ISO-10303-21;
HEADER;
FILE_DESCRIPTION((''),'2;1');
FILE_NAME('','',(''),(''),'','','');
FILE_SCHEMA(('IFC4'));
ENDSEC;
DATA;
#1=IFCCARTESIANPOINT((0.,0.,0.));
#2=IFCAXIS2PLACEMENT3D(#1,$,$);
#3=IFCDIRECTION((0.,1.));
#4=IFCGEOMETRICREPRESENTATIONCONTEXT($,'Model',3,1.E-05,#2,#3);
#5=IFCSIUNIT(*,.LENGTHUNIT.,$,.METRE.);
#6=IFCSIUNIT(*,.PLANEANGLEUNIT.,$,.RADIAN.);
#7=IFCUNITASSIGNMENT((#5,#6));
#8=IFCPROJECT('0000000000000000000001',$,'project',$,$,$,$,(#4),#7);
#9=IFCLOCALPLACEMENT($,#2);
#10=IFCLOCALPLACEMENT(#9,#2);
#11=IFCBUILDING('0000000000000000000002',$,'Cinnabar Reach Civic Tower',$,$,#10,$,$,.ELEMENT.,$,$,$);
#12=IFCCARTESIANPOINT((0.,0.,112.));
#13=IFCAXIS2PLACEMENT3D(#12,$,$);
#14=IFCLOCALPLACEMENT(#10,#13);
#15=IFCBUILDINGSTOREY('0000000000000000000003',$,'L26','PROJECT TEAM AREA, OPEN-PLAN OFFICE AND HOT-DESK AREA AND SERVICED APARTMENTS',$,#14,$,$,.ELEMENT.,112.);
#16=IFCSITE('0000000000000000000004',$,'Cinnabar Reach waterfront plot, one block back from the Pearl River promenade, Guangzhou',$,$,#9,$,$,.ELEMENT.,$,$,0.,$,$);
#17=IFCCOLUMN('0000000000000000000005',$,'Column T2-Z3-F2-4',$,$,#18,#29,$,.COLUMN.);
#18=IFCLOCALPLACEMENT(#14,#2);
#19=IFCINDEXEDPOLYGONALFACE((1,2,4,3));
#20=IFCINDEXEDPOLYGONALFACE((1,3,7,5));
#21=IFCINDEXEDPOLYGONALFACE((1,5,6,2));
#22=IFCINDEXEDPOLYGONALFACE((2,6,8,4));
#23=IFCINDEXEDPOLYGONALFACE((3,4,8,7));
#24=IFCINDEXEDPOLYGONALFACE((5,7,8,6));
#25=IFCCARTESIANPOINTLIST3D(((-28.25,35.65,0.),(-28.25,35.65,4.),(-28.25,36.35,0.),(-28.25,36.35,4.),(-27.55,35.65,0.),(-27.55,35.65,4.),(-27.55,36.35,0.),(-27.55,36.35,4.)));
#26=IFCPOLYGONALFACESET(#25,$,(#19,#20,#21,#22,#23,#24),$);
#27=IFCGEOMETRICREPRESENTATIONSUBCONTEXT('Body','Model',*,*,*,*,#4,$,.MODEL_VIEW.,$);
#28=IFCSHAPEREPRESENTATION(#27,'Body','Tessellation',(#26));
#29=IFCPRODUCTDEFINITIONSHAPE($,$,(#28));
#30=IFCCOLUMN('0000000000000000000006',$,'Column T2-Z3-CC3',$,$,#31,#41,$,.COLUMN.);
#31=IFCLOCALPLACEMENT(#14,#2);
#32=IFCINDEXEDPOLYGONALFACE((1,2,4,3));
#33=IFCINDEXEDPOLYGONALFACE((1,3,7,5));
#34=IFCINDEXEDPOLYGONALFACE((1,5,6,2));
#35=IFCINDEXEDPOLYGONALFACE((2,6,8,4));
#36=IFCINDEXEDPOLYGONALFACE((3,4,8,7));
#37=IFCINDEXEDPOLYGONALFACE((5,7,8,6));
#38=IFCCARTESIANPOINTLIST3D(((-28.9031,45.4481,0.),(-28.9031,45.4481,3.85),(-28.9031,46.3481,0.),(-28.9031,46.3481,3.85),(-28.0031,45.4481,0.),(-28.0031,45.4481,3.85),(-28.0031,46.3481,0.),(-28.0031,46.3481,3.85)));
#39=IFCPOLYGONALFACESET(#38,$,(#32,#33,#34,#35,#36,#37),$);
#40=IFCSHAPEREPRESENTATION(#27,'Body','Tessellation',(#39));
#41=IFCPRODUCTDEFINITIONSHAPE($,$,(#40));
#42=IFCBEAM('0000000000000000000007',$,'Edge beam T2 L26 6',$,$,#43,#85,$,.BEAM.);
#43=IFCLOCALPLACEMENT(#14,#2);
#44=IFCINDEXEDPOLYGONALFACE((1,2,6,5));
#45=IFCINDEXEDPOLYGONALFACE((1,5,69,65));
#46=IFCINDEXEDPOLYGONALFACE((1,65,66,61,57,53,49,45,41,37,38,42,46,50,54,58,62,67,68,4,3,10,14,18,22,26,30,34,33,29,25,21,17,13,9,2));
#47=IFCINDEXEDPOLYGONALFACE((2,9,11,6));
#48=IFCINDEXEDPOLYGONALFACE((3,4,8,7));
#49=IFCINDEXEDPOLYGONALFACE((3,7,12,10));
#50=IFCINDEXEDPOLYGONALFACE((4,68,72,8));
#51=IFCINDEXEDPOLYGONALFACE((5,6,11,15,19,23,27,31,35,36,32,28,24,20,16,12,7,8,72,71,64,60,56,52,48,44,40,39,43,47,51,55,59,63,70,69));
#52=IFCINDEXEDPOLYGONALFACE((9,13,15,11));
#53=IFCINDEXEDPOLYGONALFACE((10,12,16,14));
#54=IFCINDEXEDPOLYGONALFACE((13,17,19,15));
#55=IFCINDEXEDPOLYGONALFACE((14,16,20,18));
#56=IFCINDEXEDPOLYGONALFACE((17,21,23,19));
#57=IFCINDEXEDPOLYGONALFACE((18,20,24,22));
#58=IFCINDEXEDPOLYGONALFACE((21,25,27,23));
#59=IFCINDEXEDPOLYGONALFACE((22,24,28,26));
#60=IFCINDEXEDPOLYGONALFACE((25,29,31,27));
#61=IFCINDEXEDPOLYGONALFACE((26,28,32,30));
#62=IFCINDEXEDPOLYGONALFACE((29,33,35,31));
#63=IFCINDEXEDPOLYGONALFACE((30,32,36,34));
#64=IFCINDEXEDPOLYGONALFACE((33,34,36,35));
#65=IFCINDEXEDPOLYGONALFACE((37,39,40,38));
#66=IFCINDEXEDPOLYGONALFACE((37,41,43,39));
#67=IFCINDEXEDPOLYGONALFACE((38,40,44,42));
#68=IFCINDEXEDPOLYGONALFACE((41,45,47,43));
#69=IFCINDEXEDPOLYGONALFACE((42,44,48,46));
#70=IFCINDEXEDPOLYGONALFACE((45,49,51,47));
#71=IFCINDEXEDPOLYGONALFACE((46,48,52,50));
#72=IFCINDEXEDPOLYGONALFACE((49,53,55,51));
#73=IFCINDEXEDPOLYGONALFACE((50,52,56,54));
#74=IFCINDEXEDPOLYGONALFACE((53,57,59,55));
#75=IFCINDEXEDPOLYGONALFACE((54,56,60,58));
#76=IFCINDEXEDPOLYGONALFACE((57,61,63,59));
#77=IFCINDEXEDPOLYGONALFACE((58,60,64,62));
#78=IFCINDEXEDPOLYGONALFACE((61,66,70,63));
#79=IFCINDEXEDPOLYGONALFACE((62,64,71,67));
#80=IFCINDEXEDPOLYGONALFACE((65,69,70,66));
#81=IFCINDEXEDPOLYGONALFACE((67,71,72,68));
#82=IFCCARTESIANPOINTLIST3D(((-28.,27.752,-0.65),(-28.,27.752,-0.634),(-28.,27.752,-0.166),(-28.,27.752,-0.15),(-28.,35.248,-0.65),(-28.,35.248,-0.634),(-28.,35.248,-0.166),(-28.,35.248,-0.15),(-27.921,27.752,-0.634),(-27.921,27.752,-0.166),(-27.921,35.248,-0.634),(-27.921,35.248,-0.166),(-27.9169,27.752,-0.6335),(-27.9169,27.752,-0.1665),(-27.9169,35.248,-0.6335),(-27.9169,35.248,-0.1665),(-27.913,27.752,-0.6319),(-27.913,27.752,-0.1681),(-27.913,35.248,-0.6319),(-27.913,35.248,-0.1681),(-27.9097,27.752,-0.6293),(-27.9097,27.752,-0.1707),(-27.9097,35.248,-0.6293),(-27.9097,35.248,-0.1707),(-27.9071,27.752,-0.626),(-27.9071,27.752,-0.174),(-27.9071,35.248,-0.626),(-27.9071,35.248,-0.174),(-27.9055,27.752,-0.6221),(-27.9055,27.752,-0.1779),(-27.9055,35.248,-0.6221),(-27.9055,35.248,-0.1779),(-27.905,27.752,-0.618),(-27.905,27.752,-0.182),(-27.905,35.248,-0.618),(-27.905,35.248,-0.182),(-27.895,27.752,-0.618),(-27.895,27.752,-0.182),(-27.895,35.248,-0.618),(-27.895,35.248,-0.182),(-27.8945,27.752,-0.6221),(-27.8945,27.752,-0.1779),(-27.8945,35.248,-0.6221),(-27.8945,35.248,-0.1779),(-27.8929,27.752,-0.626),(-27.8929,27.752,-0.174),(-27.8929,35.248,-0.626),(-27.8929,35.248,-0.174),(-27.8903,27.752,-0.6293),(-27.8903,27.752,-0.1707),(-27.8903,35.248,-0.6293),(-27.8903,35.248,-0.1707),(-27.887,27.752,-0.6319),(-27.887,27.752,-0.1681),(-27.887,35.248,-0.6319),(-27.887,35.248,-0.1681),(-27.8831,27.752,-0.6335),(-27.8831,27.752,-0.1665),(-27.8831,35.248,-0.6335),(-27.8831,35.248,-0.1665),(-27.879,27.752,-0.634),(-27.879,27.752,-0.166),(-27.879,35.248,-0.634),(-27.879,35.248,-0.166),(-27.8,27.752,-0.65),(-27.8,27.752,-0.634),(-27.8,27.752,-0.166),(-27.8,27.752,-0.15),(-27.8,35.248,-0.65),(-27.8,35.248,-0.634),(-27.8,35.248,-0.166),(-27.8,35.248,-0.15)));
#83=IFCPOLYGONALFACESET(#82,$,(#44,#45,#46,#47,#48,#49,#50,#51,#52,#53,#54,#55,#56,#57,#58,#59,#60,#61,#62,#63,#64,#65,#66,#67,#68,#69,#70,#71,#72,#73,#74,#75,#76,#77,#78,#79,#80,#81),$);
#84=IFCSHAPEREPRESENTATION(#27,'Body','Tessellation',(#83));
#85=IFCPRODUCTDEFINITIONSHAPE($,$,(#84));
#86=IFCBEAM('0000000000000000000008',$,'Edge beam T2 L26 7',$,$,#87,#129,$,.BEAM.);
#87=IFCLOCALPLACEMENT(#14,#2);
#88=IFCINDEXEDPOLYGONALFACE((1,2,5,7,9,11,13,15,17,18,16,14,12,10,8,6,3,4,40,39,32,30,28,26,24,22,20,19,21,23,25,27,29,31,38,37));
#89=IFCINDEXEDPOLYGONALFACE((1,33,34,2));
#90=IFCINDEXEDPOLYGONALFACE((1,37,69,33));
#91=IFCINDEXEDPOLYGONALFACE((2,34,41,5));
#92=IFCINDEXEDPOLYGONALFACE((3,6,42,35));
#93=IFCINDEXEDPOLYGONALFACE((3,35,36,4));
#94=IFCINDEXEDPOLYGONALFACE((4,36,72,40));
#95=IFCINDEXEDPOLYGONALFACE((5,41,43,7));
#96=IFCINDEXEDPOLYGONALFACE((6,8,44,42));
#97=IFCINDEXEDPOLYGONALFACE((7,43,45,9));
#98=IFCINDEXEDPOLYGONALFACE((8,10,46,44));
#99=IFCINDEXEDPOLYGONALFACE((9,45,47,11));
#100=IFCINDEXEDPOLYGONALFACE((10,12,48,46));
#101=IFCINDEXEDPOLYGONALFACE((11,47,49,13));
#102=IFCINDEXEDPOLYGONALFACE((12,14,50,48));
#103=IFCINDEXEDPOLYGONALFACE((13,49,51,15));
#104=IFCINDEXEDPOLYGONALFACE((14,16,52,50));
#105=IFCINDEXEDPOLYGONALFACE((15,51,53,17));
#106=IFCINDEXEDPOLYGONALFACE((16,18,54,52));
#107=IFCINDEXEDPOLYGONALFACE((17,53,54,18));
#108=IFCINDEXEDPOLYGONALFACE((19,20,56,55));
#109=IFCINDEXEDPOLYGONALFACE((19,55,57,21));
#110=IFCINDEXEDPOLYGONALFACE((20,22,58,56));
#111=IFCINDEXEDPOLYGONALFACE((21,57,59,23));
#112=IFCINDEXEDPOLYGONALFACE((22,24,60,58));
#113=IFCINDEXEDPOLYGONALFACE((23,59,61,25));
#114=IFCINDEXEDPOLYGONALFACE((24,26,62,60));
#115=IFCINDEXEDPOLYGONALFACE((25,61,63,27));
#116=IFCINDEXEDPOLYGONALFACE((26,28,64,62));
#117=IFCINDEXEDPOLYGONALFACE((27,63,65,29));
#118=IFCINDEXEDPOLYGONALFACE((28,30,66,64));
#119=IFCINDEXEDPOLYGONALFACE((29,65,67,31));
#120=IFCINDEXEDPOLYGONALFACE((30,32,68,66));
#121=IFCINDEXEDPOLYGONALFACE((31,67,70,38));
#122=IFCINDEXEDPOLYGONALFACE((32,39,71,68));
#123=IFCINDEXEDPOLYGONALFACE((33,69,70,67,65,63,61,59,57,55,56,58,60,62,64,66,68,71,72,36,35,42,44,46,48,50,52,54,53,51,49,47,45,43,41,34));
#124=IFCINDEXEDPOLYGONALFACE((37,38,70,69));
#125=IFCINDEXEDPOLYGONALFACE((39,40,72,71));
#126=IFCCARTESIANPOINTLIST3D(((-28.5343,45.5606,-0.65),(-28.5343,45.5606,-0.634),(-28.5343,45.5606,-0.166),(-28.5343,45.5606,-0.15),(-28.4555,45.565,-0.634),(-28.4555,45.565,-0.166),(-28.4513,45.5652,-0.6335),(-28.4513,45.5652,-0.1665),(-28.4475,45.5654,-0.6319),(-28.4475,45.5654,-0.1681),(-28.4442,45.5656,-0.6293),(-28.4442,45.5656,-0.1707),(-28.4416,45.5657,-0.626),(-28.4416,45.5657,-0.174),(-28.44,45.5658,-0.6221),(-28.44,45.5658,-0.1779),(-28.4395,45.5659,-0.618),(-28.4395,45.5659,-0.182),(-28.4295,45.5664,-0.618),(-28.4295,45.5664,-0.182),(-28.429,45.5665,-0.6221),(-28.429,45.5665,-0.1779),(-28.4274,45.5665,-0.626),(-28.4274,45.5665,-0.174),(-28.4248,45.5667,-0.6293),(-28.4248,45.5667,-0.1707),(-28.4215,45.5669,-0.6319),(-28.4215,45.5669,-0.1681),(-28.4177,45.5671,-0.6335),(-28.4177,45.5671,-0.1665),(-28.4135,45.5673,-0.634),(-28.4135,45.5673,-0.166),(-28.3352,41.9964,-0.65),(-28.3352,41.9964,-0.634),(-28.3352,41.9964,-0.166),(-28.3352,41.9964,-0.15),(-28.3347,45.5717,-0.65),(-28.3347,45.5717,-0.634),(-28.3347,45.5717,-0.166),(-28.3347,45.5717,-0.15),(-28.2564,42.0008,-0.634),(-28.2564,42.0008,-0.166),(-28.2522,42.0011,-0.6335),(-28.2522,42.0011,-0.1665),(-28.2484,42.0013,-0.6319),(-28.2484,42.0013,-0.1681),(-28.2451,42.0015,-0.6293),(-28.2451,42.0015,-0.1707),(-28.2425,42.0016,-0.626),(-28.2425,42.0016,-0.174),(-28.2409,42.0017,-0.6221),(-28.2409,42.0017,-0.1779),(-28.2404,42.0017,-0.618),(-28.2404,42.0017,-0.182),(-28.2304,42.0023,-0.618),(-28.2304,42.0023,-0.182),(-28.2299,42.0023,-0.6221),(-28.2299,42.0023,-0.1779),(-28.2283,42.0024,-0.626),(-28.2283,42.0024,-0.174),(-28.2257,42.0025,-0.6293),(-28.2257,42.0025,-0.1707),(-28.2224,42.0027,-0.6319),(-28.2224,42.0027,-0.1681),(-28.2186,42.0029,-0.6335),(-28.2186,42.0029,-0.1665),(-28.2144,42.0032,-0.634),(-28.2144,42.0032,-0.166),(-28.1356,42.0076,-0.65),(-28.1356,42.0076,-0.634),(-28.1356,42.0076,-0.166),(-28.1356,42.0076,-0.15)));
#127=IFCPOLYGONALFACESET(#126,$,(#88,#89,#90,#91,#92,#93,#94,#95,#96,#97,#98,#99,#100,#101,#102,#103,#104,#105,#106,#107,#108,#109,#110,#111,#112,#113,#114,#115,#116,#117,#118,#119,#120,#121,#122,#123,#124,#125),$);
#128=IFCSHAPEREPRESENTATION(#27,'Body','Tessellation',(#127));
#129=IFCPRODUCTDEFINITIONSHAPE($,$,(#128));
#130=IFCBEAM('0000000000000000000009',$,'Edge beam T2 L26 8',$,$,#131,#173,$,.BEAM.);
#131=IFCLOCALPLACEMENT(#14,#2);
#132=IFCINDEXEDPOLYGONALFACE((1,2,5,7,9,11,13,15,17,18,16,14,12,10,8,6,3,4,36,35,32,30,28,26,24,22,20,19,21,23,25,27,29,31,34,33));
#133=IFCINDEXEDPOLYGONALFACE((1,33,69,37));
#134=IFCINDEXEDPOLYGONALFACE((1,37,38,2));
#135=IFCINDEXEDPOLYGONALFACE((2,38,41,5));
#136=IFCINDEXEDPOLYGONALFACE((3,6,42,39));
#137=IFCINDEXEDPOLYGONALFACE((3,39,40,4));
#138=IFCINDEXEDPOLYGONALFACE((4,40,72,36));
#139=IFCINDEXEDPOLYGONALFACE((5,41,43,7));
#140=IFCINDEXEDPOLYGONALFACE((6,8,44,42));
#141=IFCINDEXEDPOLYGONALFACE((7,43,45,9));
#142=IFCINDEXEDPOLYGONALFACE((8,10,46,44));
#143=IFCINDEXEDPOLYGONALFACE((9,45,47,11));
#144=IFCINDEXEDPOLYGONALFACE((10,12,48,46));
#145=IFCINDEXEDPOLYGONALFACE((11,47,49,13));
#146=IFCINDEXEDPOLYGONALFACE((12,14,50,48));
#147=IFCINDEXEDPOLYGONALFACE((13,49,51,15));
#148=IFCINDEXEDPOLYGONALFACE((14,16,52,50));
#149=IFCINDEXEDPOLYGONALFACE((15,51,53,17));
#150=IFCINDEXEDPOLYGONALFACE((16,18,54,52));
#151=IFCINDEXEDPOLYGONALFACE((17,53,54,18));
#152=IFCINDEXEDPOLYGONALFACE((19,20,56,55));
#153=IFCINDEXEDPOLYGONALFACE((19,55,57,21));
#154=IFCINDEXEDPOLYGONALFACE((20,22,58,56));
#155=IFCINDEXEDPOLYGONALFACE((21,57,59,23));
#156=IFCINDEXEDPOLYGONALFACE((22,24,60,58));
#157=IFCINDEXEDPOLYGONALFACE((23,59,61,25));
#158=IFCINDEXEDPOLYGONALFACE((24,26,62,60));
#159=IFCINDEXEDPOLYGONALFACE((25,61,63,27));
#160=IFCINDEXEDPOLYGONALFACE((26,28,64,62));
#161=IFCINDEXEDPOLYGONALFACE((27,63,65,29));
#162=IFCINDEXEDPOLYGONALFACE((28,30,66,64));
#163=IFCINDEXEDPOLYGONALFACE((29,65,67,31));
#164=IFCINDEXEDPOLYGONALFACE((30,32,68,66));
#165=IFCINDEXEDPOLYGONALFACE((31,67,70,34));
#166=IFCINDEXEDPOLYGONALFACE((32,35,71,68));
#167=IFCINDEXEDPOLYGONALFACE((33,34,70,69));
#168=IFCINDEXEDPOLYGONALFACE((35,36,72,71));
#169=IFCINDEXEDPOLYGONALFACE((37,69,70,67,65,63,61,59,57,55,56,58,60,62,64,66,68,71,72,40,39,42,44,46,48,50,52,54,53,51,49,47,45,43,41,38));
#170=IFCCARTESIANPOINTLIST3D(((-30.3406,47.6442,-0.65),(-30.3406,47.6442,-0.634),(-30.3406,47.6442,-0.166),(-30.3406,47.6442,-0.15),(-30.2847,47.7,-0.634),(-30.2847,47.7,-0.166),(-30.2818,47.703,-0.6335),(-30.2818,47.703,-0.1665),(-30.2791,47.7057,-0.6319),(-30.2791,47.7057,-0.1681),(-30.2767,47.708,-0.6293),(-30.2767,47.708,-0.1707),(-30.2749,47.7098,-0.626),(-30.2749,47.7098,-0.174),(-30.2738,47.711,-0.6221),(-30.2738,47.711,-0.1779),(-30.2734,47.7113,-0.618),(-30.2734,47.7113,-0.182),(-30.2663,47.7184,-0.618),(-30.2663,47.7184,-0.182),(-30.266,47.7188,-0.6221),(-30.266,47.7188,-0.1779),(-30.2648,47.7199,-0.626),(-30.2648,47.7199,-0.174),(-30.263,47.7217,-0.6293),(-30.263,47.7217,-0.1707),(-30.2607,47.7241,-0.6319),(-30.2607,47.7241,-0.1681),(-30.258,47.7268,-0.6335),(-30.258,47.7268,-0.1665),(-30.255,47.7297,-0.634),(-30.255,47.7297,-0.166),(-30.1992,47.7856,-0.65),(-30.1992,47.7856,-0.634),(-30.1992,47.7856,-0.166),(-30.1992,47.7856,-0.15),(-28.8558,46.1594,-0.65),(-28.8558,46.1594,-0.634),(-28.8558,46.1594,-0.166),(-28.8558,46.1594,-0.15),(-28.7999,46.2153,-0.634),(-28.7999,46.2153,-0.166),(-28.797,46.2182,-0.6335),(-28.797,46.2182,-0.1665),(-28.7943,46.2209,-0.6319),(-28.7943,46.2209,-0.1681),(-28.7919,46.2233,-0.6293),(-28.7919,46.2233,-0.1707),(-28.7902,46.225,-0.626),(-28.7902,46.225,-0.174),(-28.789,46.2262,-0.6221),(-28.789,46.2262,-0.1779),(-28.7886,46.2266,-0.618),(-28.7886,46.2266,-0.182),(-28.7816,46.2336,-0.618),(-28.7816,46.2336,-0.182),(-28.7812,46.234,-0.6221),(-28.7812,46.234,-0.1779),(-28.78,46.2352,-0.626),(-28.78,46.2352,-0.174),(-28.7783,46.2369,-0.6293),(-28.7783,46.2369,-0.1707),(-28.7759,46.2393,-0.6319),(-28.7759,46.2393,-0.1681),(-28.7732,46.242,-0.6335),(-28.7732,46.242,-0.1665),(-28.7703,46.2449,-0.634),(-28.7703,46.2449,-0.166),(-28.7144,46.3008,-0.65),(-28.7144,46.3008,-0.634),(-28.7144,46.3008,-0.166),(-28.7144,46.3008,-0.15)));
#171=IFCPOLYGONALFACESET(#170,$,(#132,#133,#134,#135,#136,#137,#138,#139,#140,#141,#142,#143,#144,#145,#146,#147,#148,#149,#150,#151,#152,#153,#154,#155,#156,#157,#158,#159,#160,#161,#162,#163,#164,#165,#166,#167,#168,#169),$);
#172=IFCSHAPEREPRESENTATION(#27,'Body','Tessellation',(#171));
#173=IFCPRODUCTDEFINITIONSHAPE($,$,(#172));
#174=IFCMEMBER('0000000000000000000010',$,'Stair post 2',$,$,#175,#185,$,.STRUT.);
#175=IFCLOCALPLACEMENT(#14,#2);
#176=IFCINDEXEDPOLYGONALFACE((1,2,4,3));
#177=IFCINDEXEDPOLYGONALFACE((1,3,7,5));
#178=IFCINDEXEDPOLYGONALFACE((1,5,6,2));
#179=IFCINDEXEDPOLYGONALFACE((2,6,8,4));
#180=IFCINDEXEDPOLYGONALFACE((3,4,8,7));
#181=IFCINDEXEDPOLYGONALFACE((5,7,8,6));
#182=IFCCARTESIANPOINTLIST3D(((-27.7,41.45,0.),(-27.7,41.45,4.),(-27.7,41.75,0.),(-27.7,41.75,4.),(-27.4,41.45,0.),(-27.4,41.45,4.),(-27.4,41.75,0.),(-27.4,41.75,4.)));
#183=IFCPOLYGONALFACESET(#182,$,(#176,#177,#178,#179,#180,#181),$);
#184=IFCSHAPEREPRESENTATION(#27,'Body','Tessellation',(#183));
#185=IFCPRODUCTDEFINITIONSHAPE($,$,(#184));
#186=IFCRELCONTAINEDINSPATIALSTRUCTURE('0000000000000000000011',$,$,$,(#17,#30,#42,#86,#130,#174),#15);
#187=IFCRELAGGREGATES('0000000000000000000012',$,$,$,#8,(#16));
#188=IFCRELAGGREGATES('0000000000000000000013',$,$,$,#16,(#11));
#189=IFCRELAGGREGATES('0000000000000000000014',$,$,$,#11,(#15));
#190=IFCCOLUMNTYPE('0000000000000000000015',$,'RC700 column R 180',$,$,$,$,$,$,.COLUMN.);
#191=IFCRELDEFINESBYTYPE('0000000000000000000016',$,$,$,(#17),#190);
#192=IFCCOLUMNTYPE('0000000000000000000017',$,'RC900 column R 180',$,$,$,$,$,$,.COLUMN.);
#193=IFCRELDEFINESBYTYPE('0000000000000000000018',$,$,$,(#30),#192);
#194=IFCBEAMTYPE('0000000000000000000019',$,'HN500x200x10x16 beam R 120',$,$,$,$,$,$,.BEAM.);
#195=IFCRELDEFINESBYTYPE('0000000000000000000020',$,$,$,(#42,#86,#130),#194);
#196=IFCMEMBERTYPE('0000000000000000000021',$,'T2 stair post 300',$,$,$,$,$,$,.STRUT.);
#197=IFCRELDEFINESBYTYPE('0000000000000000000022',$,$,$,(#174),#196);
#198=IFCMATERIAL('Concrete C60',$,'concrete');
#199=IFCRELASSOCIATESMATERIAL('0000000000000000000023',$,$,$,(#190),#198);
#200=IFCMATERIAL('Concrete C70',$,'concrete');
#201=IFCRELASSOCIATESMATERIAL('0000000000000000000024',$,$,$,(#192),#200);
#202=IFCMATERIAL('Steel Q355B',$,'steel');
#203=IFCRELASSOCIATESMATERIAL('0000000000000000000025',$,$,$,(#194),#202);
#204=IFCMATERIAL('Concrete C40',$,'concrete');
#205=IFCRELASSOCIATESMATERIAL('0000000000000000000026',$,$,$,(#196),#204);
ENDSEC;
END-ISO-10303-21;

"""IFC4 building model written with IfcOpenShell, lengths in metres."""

from ifc_helpers import new_model, si_unit, direction, frame, origin, origin_2d, place, context, subcontext, project, spatial, rectangle, i_section, extrude, material, material_profile, profile_set, type_object, element, save


model = new_model("IFC4")

# Units and contexts
model_context = context("Model", 3, precision=1e-05, world=origin(), true_north=direction((0.0, 1.0)))
body_context = subcontext(model_context, "Body", "Model", "MODEL_VIEW")
ifc_project = project(units=[si_unit("LENGTHUNIT", "METRE"), si_unit("PLANEANGLEUNIT", "RADIAN")], contexts=[model_context])

# Site, building, storey
site_placement = place(None, origin())
site = spatial("IfcSite", under=ifc_project, at=site_placement, Name="Cinnabar Reach waterfront plot, one block back from the Pearl River promenade, Guangzhou", CompositionType="ELEMENT", RefElevation=0.0)
building_placement = place(site_placement, origin())
building = spatial("IfcBuilding", under=site, at=building_placement, Name="Cinnabar Reach Civic Tower", CompositionType="ELEMENT")
storey_placement = place(building_placement, frame((0.0, 0.0, 112.0)))
storey = spatial("IfcBuildingStorey", under=building, at=storey_placement, Name="L26", Description="PROJECT TEAM AREA, OPEN-PLAN OFFICE AND HOT-DESK AREA AND SERVICED APARTMENTS", CompositionType="ELEMENT", Elevation=112.0)

# Columns
ifc_material_1 = material(Name="Concrete C60", Category="concrete")
ifc_material_profile_1 = material_profile(ifc_material_1, rectangle(XDim=0.7, YDim=0.7, at=origin_2d()), Name="RC700")
ifc_profile_set_1 = profile_set([ifc_material_profile_1], Name="Concrete C60")
column_type_1 = type_object("IfcColumnType", Name="RC700 column R 180", PredefinedType="COLUMN", material=ifc_profile_set_1)
column_1_placement = place(storey_placement, frame((-27.9, 36.0, 0.0), z_axis=(0.0, 0.0, 1.0), x_axis=(1.0, 0.0, 0.0)))
element("IfcColumn", 1, at=column_1_placement, inside=storey, type_object=column_type_1, Name="Column T2-Z3-F2-4", PredefinedType="COLUMN", context=body_context, shape_type="SweptSolid", body=[
    extrude(rectangle(XDim=0.7, YDim=0.7, at=origin_2d()), origin(), (0.0, 0.0, 1.0), 4.0),
])
ifc_material_2 = material(Name="Concrete C70", Category="concrete")
ifc_material_profile_2 = material_profile(ifc_material_2, rectangle(XDim=0.9, YDim=0.9, at=origin_2d()), Name="RC900")
ifc_profile_set_2 = profile_set([ifc_material_profile_2], Name="Concrete C70")
column_type_2 = type_object("IfcColumnType", Name="RC900 column R 180", PredefinedType="COLUMN", material=ifc_profile_set_2)
column_2_placement = place(storey_placement, frame((-28.4531, 45.8981, 0.0), z_axis=(0.0, 0.0, 1.0), x_axis=(1.0, 0.0, 0.0)))
element("IfcColumn", 2, at=column_2_placement, inside=storey, type_object=column_type_2, Name="Column T2-Z3-CC3", PredefinedType="COLUMN", context=body_context, shape_type="SweptSolid", body=[
    extrude(rectangle(XDim=0.9, YDim=0.9, at=origin_2d()), origin(), (0.0, 0.0, 1.0), 3.85),
])

# Beams
ifc_material_3 = material(Name="Steel Q355B", Category="steel")
ifc_material_profile_3 = material_profile(ifc_material_3, i_section(OverallWidth=0.2, OverallDepth=0.5, WebThickness=0.01, FlangeThickness=0.016, FilletRadius=0.016, at=origin_2d()), Name="HN500x200x10x16")
ifc_profile_set_3 = profile_set([ifc_material_profile_3], Name="Steel Q355B")
beam_type = type_object("IfcBeamType", Name="HN500x200x10x16 beam R 120", PredefinedType="BEAM", material=ifc_profile_set_3)
beam_1_placement = place(storey_placement, frame((-27.9, 27.752, -0.4), z_axis=(0.0, 1.0, 0.0), x_axis=(-1.0, 0.0, 0.0)))
element("IfcBeam", 3, at=beam_1_placement, inside=storey, type_object=beam_type, Name="Edge beam T2 L26 6", PredefinedType="BEAM", context=body_context, shape_type="SweptSolid", body=[
    extrude(i_section(OverallWidth=0.2, OverallDepth=0.5, WebThickness=0.01, FlangeThickness=0.016, FilletRadius=0.016, at=origin_2d()), origin(), (0.0, 0.0, 1.0), 7.496),
])
beam_2_placement = place(storey_placement, frame((-28.2354, 42.002, -0.4), z_axis=(-0.055776, 0.998443, 0.0), x_axis=(-0.998443, -0.055776, 0.0)))
element("IfcBeam", 4, at=beam_2_placement, inside=storey, type_object=beam_type, Name="Edge beam T2 L26 7", PredefinedType="BEAM", context=body_context, shape_type="SweptSolid", body=[
    extrude(i_section(OverallWidth=0.2, OverallDepth=0.5, WebThickness=0.01, FlangeThickness=0.016, FilletRadius=0.016, at=origin_2d()), origin(), (0.0, 0.0, 1.0), 3.5697),
])
beam_3_placement = place(storey_placement, frame((-28.7851, 46.2301, -0.4), z_axis=(-0.707107, 0.707107, 0.0), x_axis=(-0.707107, -0.707107, 0.0)))
element("IfcBeam", 5, at=beam_3_placement, inside=storey, type_object=beam_type, Name="Edge beam T2 L26 8", PredefinedType="BEAM", context=body_context, shape_type="SweptSolid", body=[
    extrude(i_section(OverallWidth=0.2, OverallDepth=0.5, WebThickness=0.01, FlangeThickness=0.016, FilletRadius=0.016, at=origin_2d()), origin(), (0.0, 0.0, 1.0), 2.0998),
])

# Member
ifc_material_4 = material(Name="Concrete C40", Category="concrete")
ifc_material_profile_4 = material_profile(ifc_material_4, rectangle(XDim=0.3, YDim=0.3, at=origin_2d()), Name="C300")
ifc_profile_set_4 = profile_set([ifc_material_profile_4], Name="Concrete C40")
member_type = type_object("IfcMemberType", Name="T2 stair post 300", PredefinedType="STRUT", material=ifc_profile_set_4)
member_placement = place(storey_placement, frame((-27.55, 41.6, 0.0), z_axis=(0.0, 0.0, 1.0), x_axis=(1.0, 0.0, 0.0)))
element("IfcMember", 6, at=member_placement, inside=storey, type_object=member_type, Name="Stair post 2", PredefinedType="STRUT", context=body_context, shape_type="SweptSolid", body=[
    extrude(rectangle(XDim=0.3, YDim=0.3, at=origin_2d()), origin(), (0.0, 0.0, 1.0), 4.0),
])

save(model, "model.ifc")
